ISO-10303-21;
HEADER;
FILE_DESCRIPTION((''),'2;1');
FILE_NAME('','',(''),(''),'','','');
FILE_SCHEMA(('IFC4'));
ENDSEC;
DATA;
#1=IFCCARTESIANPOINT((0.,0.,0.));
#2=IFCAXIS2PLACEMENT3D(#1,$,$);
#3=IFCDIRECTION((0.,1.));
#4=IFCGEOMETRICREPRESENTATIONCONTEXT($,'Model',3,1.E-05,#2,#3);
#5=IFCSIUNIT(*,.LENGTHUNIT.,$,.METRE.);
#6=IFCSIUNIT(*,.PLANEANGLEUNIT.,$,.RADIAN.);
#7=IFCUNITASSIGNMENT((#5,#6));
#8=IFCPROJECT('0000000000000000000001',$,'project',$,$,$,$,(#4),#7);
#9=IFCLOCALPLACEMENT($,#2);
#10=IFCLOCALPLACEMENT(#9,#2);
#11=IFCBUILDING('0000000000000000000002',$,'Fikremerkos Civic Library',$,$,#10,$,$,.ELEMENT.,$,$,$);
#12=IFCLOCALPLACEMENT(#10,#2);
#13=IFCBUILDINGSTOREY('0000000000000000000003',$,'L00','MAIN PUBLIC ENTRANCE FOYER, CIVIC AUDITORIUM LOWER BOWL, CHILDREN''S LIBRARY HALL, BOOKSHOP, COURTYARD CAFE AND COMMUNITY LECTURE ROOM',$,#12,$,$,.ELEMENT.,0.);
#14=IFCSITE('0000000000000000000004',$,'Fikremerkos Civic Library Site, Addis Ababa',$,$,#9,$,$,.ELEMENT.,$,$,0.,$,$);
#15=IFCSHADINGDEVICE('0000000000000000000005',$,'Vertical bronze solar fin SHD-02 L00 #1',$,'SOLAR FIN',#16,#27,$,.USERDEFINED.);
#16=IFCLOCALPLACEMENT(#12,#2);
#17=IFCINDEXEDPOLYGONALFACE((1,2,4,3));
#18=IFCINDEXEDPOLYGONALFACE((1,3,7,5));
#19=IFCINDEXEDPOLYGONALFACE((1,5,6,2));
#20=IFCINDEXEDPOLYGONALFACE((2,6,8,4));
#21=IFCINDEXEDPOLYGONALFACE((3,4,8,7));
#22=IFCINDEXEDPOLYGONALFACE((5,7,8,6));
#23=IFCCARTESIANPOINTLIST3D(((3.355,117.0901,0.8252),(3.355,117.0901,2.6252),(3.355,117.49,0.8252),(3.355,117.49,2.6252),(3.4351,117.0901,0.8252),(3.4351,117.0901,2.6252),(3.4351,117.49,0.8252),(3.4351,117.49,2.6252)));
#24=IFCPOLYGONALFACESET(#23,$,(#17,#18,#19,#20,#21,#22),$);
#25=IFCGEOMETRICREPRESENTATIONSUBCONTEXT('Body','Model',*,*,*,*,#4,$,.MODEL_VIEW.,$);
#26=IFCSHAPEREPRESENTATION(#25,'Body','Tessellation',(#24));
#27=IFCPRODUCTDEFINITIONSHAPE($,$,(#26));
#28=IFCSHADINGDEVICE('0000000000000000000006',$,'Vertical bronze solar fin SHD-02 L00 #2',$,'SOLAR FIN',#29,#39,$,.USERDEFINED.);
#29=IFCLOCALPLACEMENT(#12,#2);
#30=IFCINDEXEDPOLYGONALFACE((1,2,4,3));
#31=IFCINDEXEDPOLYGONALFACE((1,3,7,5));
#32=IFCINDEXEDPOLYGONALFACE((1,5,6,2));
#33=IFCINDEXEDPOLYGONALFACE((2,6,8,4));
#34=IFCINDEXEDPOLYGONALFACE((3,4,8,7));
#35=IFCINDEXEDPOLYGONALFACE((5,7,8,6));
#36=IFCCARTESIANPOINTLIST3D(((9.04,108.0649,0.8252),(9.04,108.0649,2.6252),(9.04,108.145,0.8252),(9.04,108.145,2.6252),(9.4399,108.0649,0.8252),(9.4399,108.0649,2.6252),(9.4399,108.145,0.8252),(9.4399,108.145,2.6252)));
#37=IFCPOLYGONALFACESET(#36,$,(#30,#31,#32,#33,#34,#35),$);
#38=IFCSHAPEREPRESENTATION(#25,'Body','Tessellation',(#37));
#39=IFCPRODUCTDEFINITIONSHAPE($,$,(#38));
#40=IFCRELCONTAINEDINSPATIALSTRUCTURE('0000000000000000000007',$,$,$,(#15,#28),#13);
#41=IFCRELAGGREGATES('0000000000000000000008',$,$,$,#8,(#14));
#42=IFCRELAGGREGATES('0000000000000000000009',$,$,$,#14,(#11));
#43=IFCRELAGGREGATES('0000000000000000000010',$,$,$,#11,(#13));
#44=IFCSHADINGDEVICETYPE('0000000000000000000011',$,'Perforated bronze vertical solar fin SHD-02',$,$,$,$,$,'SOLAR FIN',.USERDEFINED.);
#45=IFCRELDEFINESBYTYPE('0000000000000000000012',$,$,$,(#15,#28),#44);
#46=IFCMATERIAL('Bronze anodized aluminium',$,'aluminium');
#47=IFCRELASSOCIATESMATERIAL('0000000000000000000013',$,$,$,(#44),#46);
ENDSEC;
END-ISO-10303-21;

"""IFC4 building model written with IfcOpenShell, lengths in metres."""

from ifc_helpers import new_model, si_unit, direction, frame, origin, origin_2d, place, context, subcontext, project, spatial, rectangle, extrude, material, type_object, element, save


model = new_model("IFC4")

# Units and contexts
model_context = context("Model", 3, precision=1e-05, world=origin(), true_north=direction((0.0, 1.0)))
body_context = subcontext(model_context, "Body", "Model", "MODEL_VIEW")
ifc_project = project(units=[si_unit("LENGTHUNIT", "METRE"), si_unit("PLANEANGLEUNIT", "RADIAN")], contexts=[model_context])

# Site, building, storey
site_placement = place(None, origin())
site = spatial("IfcSite", under=ifc_project, at=site_placement, Name="Fikremerkos Civic Library Site, Addis Ababa", CompositionType="ELEMENT", RefElevation=0.0)
building_placement = place(site_placement, origin())
building = spatial("IfcBuilding", under=site, at=building_placement, Name="Fikremerkos Civic Library", CompositionType="ELEMENT")
storey_placement = place(building_placement, origin())
storey = spatial("IfcBuildingStorey", under=building, at=storey_placement, Name="L00", Description="MAIN PUBLIC ENTRANCE FOYER, CIVIC AUDITORIUM LOWER BOWL, CHILDREN'S LIBRARY HALL, BOOKSHOP, COURTYARD CAFE AND COMMUNITY LECTURE ROOM", CompositionType="ELEMENT", Elevation=0.0)

# Shading devices
ifc_material_1 = material(Name="Bronze anodized aluminium", Category="aluminium")
shading_device_type = type_object("IfcShadingDeviceType", Name="Perforated bronze vertical solar fin SHD-02", ElementType="SOLAR FIN", PredefinedType="USERDEFINED", material=ifc_material_1)
for number, where, z_axis, x_axis, name in (
    (1, (3.395, 117.29, 0.8252), (0.0, 0.0, 1.0), (1.0, 0.0, 0.0), "Vertical bronze solar fin SHD-02 L00 #1"),
    (2, (9.24, 108.105, 0.8252), (0.0, 0.0, 1.0), (0.0, 1.0, 0.0), "Vertical bronze solar fin SHD-02 L00 #2"),
):
    element("IfcShadingDevice", number, at=place(storey_placement, frame(where, z_axis=z_axis, x_axis=x_axis)), inside=storey, type_object=shading_device_type, Name=name, ObjectType="SOLAR FIN", PredefinedType="USERDEFINED", context=body_context, shape_type="SweptSolid", body=[
        extrude(rectangle(XDim=0.0801, YDim=0.3999, at=origin_2d()), origin(), (0.0, 0.0, 1.0), 1.8),
    ])

save(model, "model.ifc")
